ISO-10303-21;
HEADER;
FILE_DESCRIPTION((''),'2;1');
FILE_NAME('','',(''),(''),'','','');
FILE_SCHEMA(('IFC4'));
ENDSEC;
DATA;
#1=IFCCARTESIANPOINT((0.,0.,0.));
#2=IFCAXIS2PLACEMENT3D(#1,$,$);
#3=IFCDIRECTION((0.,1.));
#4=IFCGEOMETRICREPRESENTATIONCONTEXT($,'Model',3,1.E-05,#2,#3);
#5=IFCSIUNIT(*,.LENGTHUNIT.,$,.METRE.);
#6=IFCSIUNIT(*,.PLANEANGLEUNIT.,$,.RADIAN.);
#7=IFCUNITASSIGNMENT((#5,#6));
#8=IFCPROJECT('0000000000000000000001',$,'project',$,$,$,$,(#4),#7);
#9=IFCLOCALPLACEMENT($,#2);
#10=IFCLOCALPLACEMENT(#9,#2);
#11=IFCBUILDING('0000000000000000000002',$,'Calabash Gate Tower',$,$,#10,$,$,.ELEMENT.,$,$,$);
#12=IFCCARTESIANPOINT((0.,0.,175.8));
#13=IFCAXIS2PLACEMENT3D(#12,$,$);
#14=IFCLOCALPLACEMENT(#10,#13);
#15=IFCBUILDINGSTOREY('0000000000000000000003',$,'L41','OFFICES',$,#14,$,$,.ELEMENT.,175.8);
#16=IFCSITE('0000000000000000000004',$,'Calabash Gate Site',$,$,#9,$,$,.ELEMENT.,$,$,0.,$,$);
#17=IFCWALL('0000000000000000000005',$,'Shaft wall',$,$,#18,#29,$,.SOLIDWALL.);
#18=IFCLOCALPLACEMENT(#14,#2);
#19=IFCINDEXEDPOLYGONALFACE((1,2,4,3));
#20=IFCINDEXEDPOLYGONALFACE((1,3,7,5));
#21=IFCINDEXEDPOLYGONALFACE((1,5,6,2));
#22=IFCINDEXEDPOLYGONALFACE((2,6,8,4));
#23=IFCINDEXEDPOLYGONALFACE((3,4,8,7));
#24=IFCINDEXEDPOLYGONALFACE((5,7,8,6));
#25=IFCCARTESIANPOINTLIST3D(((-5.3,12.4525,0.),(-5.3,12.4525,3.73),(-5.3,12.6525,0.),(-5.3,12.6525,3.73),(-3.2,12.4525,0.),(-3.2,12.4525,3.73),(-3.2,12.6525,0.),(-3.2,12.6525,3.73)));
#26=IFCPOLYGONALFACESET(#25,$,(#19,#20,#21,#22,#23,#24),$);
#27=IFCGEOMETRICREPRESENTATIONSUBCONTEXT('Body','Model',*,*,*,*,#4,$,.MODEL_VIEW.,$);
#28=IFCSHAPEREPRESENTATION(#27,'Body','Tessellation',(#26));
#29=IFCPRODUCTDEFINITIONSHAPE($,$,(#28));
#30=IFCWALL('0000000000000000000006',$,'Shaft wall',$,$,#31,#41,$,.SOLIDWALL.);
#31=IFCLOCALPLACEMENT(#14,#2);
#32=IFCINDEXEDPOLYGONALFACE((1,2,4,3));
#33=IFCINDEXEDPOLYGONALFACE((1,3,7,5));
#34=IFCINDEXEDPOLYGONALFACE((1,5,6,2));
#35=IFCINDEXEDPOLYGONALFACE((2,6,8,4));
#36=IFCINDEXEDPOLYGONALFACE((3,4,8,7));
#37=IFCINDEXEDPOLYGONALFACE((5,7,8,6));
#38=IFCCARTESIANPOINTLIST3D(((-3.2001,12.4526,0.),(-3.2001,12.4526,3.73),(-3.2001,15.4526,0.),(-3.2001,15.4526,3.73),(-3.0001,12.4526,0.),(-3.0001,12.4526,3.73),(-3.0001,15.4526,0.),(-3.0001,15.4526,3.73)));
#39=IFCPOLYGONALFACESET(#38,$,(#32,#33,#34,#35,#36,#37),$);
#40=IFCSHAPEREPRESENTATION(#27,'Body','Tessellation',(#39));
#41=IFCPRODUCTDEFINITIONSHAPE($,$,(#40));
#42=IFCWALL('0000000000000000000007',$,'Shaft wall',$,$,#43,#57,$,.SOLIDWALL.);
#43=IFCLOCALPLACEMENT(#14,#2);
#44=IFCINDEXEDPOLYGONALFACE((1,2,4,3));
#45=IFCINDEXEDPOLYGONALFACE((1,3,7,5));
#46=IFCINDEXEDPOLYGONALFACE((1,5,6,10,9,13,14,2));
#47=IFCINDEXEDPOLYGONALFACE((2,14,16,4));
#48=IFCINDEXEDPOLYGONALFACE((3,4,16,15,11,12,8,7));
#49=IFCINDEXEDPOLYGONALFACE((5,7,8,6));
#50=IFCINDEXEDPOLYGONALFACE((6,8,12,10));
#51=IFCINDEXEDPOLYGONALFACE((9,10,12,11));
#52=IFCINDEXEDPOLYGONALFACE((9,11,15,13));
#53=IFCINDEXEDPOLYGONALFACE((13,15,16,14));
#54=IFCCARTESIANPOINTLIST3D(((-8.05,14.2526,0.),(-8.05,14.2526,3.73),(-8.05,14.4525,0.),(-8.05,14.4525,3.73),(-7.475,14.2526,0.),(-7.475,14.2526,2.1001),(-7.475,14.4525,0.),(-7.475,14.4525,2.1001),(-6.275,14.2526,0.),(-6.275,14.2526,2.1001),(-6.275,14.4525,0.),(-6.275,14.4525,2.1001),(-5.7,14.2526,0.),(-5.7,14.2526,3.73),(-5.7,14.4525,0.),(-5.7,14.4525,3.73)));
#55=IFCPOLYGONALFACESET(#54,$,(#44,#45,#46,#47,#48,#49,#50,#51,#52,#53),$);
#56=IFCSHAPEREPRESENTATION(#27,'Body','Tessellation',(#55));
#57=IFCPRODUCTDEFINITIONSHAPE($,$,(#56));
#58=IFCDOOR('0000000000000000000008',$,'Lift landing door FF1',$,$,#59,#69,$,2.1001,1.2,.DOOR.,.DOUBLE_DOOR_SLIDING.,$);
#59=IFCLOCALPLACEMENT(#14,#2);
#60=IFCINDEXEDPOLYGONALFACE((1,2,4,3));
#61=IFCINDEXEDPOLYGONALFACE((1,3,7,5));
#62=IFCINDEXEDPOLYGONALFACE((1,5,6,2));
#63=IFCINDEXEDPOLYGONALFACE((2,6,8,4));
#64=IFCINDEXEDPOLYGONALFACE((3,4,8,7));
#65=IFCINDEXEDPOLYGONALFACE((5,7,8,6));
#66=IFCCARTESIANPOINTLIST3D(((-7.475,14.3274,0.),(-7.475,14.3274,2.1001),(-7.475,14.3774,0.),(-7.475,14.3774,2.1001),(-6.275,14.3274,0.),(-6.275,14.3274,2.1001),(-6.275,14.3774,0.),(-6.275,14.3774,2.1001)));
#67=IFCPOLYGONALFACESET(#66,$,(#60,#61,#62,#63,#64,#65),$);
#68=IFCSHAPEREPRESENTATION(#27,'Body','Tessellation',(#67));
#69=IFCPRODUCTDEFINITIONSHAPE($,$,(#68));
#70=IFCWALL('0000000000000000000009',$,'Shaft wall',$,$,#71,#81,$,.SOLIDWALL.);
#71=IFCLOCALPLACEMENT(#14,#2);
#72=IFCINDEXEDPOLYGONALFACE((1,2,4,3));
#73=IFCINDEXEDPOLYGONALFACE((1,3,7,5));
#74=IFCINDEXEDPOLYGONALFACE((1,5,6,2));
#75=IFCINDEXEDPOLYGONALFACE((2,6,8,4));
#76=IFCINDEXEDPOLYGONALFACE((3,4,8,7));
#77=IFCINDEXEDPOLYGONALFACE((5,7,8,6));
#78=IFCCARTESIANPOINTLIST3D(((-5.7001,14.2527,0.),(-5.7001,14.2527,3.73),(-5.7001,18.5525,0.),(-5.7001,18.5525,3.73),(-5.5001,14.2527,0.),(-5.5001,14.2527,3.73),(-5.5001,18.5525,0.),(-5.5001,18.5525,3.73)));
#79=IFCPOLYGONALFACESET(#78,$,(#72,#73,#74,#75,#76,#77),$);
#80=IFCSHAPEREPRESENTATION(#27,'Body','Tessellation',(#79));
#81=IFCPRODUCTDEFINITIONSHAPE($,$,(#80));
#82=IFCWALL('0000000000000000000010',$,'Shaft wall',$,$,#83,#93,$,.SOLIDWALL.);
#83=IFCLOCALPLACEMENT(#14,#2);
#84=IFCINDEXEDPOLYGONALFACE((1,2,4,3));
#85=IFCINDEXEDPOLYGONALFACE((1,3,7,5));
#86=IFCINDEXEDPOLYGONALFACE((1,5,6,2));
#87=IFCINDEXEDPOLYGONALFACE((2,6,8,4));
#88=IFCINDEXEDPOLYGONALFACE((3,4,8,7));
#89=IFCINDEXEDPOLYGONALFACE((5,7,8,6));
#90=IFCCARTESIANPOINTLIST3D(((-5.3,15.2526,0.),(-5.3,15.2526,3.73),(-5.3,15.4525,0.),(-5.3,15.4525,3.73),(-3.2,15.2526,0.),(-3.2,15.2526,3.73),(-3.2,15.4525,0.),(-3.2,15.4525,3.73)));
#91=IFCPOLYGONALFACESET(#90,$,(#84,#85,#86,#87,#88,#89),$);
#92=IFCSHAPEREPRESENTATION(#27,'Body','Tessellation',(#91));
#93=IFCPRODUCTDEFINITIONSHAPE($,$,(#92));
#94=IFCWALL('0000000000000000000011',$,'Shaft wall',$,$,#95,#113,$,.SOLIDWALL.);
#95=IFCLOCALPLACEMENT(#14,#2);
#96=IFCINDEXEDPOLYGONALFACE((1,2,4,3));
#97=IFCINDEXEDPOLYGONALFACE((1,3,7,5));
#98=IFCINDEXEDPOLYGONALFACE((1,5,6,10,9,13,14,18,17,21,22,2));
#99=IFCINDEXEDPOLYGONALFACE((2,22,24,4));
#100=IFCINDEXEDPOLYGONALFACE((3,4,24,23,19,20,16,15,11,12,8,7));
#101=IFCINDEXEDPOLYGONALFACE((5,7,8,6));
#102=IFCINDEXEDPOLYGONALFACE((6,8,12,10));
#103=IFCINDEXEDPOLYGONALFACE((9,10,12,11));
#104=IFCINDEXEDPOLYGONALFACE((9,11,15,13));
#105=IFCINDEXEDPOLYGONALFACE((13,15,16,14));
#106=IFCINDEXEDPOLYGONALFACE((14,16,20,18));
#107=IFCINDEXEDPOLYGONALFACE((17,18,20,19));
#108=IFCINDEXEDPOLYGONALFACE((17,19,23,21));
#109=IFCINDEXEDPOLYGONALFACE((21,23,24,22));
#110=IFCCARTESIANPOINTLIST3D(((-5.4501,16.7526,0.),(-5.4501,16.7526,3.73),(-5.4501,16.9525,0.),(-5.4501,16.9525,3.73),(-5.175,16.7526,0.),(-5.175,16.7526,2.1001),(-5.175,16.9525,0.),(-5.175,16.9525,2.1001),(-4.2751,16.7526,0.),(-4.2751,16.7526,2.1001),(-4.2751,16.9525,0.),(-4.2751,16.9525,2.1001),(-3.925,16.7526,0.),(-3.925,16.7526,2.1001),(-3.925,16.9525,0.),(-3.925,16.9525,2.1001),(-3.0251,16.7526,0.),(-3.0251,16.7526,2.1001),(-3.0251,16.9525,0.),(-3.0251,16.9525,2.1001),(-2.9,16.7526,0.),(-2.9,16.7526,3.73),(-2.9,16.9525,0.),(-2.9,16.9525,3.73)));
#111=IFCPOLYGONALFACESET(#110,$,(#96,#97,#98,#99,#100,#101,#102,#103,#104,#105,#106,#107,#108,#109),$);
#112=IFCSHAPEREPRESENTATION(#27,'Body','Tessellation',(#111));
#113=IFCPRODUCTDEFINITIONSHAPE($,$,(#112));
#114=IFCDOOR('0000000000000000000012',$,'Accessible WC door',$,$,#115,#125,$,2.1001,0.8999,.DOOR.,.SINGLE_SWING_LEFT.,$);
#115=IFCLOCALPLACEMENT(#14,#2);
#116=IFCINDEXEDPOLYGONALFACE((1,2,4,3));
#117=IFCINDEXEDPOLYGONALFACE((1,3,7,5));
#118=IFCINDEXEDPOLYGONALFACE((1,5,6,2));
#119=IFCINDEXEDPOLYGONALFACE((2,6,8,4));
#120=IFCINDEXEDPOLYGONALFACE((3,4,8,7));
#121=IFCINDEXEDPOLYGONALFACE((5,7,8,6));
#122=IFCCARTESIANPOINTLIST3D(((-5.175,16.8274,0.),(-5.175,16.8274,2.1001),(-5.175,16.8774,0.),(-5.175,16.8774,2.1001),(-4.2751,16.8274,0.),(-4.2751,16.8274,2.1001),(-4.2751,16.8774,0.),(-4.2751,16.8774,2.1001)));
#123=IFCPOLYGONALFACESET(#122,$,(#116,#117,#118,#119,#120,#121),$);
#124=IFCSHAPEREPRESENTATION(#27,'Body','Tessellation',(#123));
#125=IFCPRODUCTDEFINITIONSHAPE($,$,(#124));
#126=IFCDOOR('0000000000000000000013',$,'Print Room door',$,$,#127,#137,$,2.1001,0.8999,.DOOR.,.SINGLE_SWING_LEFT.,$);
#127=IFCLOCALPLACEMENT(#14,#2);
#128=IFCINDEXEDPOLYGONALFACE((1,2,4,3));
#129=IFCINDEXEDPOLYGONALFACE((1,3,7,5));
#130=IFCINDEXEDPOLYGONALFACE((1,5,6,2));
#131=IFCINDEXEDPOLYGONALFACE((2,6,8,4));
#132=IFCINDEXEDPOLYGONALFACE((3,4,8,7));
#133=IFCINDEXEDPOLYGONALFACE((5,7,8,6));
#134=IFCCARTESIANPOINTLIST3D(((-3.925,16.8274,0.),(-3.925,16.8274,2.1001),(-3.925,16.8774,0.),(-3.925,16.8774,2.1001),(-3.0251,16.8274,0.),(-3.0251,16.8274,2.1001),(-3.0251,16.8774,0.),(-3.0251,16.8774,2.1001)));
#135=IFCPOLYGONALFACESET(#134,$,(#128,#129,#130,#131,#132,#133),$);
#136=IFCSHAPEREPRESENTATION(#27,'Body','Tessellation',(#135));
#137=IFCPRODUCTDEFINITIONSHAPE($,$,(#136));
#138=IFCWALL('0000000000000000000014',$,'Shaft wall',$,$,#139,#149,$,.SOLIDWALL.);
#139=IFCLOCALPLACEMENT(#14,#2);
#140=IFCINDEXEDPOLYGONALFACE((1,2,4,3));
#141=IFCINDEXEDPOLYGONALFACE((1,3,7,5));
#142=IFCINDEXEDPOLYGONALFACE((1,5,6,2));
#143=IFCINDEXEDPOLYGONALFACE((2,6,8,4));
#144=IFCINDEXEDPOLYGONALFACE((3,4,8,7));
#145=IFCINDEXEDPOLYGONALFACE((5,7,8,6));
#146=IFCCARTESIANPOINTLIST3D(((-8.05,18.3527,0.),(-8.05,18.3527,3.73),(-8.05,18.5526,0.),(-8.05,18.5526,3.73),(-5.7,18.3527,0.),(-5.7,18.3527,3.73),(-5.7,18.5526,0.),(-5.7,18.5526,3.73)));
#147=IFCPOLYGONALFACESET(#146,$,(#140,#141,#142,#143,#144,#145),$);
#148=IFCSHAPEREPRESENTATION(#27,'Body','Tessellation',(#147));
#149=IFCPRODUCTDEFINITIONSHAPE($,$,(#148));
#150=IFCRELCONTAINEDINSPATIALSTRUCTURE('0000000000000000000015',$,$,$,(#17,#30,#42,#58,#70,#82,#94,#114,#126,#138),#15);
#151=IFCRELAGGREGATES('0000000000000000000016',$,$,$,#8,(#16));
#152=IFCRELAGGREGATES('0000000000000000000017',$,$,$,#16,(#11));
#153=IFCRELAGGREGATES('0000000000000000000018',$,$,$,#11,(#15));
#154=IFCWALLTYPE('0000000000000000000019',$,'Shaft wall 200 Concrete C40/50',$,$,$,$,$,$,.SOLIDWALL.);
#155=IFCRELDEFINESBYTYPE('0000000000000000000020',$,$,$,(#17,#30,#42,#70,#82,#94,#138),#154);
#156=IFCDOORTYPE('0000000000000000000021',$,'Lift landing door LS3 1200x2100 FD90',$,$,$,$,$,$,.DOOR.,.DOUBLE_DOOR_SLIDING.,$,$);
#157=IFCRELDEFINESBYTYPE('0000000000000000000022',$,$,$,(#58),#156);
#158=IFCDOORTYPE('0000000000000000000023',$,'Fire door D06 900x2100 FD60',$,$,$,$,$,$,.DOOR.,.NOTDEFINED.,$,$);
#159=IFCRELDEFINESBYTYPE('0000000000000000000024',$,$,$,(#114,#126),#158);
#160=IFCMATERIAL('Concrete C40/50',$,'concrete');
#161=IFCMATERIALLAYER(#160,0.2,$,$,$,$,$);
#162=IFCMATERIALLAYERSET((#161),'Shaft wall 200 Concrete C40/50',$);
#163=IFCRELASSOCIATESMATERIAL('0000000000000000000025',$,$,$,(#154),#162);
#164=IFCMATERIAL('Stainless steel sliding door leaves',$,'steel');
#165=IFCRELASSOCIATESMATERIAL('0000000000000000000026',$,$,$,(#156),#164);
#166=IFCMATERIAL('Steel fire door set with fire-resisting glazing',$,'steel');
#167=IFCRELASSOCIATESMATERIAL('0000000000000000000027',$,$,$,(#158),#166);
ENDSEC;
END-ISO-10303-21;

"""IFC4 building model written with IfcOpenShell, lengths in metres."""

from ifc_helpers import new_model, si_unit, direction, frame, frame_2d, origin, place, context, subcontext, project, spatial, rectangle, extrude, material, layer, layer_set, type_object, element, fill, save


model = new_model("IFC4")

# Units and contexts
model_context = context("Model", 3, precision=1e-05, world=origin(), true_north=direction((0.0, 1.0)))
body_context = subcontext(model_context, "Body", "Model", "MODEL_VIEW")
ifc_project = project(units=[si_unit("LENGTHUNIT", "METRE"), si_unit("PLANEANGLEUNIT", "RADIAN")], contexts=[model_context])

# Site, building, storey
site_placement = place(None, origin())
site = spatial("IfcSite", under=ifc_project, at=site_placement, Name="Calabash Gate Site", CompositionType="ELEMENT", RefElevation=0.0)
building_placement = place(site_placement, origin())
building = spatial("IfcBuilding", under=site, at=building_placement, Name="Calabash Gate Tower", CompositionType="ELEMENT")
storey_placement = place(building_placement, frame((0.0, 0.0, 175.8)))
storey = spatial("IfcBuildingStorey", under=building, at=storey_placement, Name="L41", Description="OFFICES", CompositionType="ELEMENT", Elevation=175.8)

# Shared definitions
ifc_material_1 = material(Name="Concrete C40/50", Category="concrete")
ifc_layer_1 = layer(ifc_material_1, 0.2)
ifc_layer_set_1 = layer_set([ifc_layer_1], Name="Shaft wall 200 Concrete C40/50")
wall_type_1 = type_object("IfcWallType", Name="Shaft wall 200 Concrete C40/50", PredefinedType="SOLIDWALL", material=ifc_layer_set_1)

# Walls
wall_1_placement = place(storey_placement, frame((-5.3, 12.5525, 0.0), z_axis=(0.0, 0.0, 1.0), x_axis=(1.0, 0.0, 0.0)))
element("IfcWall", 1, at=wall_1_placement, inside=storey, type_object=wall_type_1, Name="Shaft wall", PredefinedType="SOLIDWALL", context=body_context, shape_type="SweptSolid", body=[
    extrude(rectangle(XDim=2.1001, YDim=0.2, at=frame_2d((1.05, 0.0))), origin(), (0.0, 0.0, 1.0), 3.73),
])
wall_2_placement = place(storey_placement, frame((-3.1001, 12.4526, 0.0), z_axis=(0.0, 0.0, 1.0), x_axis=(0.0, 1.0, 0.0)))
element("IfcWall", 2, at=wall_2_placement, inside=storey, type_object=wall_type_1, Name="Shaft wall", PredefinedType="SOLIDWALL", context=body_context, shape_type="SweptSolid", body=[
    extrude(rectangle(XDim=3.0, YDim=0.2, at=frame_2d((1.5, 0.0))), origin(), (0.0, 0.0, 1.0), 3.73),
])

# Wall, opening, door
wall_3_placement = place(storey_placement, frame((-8.05, 14.3525, 0.0), z_axis=(0.0, 0.0, 1.0), x_axis=(1.0, 0.0, 0.0)))
wall_3 = element("IfcWall", 3, at=wall_3_placement, inside=storey, type_object=wall_type_1, Name="Shaft wall", PredefinedType="SOLIDWALL", context=body_context, shape_type="SweptSolid", body=[
    extrude(rectangle(XDim=2.3501, YDim=0.2, at=frame_2d((1.175, 0.0))), origin(), (0.0, 0.0, 1.0), 3.73),
])
opening_1_placement = place(wall_3_placement, frame((0.575, 0.0, 0.0)))
opening_1 = element("IfcOpeningElement", 4, at=opening_1_placement, cuts=wall_3, PredefinedType="OPENING", context=body_context, shape_type="SweptSolid", body=[
    extrude(rectangle(XDim=1.2, YDim=2.1001, at=frame_2d((0.6001, 1.05))), frame((0.0, 0.1099, 0.0), z_axis=(0.0, -1.0, 0.0), x_axis=(1.0, 0.0, 0.0)), (0.0, 0.0, 1.0), 0.22),
])
ifc_material_2 = material(Name="Stainless steel sliding door leaves", Category="steel")
door_type_1 = type_object("IfcDoorType", Name="Lift landing door LS3 1200x2100 FD90", OperationType="DOUBLE_DOOR_SLIDING", PredefinedType="DOOR", material=ifc_material_2)
door_1_placement = place(opening_1_placement, origin())
door_1 = element("IfcDoor", 5, at=door_1_placement, inside=storey, type_object=door_type_1, Name="Lift landing door FF1", OperationType="DOUBLE_DOOR_SLIDING", OverallHeight=2.1001, OverallWidth=1.2, PredefinedType="DOOR", context=body_context, shape_type="SweptSolid", body=[
    extrude(rectangle(XDim=1.2, YDim=2.1001, at=frame_2d((0.6001, 1.05))), frame((0.0, 0.0249, 0.0), z_axis=(0.0, -1.0, 0.0), x_axis=(1.0, 0.0, 0.0)), (0.0, 0.0, 1.0), 0.05),
])
fill(opening_1, door_1)

# Walls
wall_4_placement = place(storey_placement, frame((-5.6001, 14.2527, 0.0), z_axis=(0.0, 0.0, 1.0), x_axis=(0.0, 1.0, 0.0)))
element("IfcWall", 6, at=wall_4_placement, inside=storey, type_object=wall_type_1, Name="Shaft wall", PredefinedType="SOLIDWALL", context=body_context, shape_type="SweptSolid", body=[
    extrude(rectangle(XDim=4.2998, YDim=0.2, at=frame_2d((2.1499, 0.0))), origin(), (0.0, 0.0, 1.0), 3.73),
])
wall_5_placement = place(storey_placement, frame((-5.3, 15.3525, 0.0), z_axis=(0.0, 0.0, 1.0), x_axis=(1.0, 0.0, 0.0)))
element("IfcWall", 7, at=wall_5_placement, inside=storey, type_object=wall_type_1, Name="Shaft wall", PredefinedType="SOLIDWALL", context=body_context, shape_type="SweptSolid", body=[
    extrude(rectangle(XDim=2.1001, YDim=0.2, at=frame_2d((1.05, 0.0))), origin(), (0.0, 0.0, 1.0), 3.73),
])

# Wall, openings, doors
wall_6_placement = place(storey_placement, frame((-5.45, 16.8525, 0.0), z_axis=(0.0, 0.0, 1.0), x_axis=(1.0, 0.0, 0.0)))
wall_6 = element("IfcWall", 8, at=wall_6_placement, inside=storey, type_object=wall_type_1, Name="Shaft wall", PredefinedType="SOLIDWALL", context=body_context, shape_type="SweptSolid", body=[
    extrude(rectangle(XDim=2.55, YDim=0.2, at=frame_2d((1.2749, 0.0))), origin(), (0.0, 0.0, 1.0), 3.73),
])
opening_2_placement = place(wall_6_placement, frame((0.2749, 0.0, 0.0)))
opening_2 = element("IfcOpeningElement", 9, at=opening_2_placement, cuts=wall_6, PredefinedType="OPENING", context=body_context, shape_type="SweptSolid", body=[
    extrude(rectangle(XDim=0.8999, YDim=2.1001, at=frame_2d((0.45, 1.05))), frame((0.0, 0.1099, 0.0), z_axis=(0.0, -1.0, 0.0), x_axis=(1.0, 0.0, 0.0)), (0.0, 0.0, 1.0), 0.22),
])
opening_3_placement = place(wall_6_placement, frame((1.5249, 0.0, 0.0)))
opening_3 = element("IfcOpeningElement", 10, at=opening_3_placement, cuts=wall_6, PredefinedType="OPENING", context=body_context, shape_type="SweptSolid", body=[
    extrude(rectangle(XDim=0.8999, YDim=2.1001, at=frame_2d((0.45, 1.05))), frame((0.0, 0.1099, 0.0), z_axis=(0.0, -1.0, 0.0), x_axis=(1.0, 0.0, 0.0)), (0.0, 0.0, 1.0), 0.22),
])
ifc_material_3 = material(Name="Steel fire door set with fire-resisting glazing", Category="steel")
door_type_2 = type_object("IfcDoorType", Name="Fire door D06 900x2100 FD60", OperationType="NOTDEFINED", PredefinedType="DOOR", material=ifc_material_3)
door_2_placement = place(opening_2_placement, origin())
door_2 = element("IfcDoor", 11, at=door_2_placement, inside=storey, type_object=door_type_2, Name="Accessible WC door", OperationType="SINGLE_SWING_LEFT", OverallHeight=2.1001, OverallWidth=0.8999, PredefinedType="DOOR", context=body_context, shape_type="SweptSolid", body=[
    extrude(rectangle(XDim=0.8999, YDim=2.1001, at=frame_2d((0.45, 1.05))), frame((0.0, 0.0249, 0.0), z_axis=(0.0, -1.0, 0.0), x_axis=(1.0, 0.0, 0.0)), (0.0, 0.0, 1.0), 0.05),
])
fill(opening_2, door_2)
door_3_placement = place(opening_3_placement, origin())
door_3 = element("IfcDoor", 12, at=door_3_placement, inside=storey, type_object=door_type_2, Name="Print Room door", OperationType="SINGLE_SWING_LEFT", OverallHeight=2.1001, OverallWidth=0.8999, PredefinedType="DOOR", context=body_context, shape_type="SweptSolid", body=[
    extrude(rectangle(XDim=0.8999, YDim=2.1001, at=frame_2d((0.45, 1.05))), frame((0.0, 0.0249, 0.0), z_axis=(0.0, -1.0, 0.0), x_axis=(1.0, 0.0, 0.0)), (0.0, 0.0, 1.0), 0.05),
])
fill(opening_3, door_3)

# Wall
wall_7_placement = place(storey_placement, frame((-8.05, 18.4526, 0.0), z_axis=(0.0, 0.0, 1.0), x_axis=(1.0, 0.0, 0.0)))
element("IfcWall", 13, at=wall_7_placement, inside=storey, type_object=wall_type_1, Name="Shaft wall", PredefinedType="SOLIDWALL", context=body_context, shape_type="SweptSolid", body=[
    extrude(rectangle(XDim=2.3501, YDim=0.2, at=frame_2d((1.175, 0.0))), origin(), (0.0, 0.0, 1.0), 3.73),
])

save(model, "model.ifc")
